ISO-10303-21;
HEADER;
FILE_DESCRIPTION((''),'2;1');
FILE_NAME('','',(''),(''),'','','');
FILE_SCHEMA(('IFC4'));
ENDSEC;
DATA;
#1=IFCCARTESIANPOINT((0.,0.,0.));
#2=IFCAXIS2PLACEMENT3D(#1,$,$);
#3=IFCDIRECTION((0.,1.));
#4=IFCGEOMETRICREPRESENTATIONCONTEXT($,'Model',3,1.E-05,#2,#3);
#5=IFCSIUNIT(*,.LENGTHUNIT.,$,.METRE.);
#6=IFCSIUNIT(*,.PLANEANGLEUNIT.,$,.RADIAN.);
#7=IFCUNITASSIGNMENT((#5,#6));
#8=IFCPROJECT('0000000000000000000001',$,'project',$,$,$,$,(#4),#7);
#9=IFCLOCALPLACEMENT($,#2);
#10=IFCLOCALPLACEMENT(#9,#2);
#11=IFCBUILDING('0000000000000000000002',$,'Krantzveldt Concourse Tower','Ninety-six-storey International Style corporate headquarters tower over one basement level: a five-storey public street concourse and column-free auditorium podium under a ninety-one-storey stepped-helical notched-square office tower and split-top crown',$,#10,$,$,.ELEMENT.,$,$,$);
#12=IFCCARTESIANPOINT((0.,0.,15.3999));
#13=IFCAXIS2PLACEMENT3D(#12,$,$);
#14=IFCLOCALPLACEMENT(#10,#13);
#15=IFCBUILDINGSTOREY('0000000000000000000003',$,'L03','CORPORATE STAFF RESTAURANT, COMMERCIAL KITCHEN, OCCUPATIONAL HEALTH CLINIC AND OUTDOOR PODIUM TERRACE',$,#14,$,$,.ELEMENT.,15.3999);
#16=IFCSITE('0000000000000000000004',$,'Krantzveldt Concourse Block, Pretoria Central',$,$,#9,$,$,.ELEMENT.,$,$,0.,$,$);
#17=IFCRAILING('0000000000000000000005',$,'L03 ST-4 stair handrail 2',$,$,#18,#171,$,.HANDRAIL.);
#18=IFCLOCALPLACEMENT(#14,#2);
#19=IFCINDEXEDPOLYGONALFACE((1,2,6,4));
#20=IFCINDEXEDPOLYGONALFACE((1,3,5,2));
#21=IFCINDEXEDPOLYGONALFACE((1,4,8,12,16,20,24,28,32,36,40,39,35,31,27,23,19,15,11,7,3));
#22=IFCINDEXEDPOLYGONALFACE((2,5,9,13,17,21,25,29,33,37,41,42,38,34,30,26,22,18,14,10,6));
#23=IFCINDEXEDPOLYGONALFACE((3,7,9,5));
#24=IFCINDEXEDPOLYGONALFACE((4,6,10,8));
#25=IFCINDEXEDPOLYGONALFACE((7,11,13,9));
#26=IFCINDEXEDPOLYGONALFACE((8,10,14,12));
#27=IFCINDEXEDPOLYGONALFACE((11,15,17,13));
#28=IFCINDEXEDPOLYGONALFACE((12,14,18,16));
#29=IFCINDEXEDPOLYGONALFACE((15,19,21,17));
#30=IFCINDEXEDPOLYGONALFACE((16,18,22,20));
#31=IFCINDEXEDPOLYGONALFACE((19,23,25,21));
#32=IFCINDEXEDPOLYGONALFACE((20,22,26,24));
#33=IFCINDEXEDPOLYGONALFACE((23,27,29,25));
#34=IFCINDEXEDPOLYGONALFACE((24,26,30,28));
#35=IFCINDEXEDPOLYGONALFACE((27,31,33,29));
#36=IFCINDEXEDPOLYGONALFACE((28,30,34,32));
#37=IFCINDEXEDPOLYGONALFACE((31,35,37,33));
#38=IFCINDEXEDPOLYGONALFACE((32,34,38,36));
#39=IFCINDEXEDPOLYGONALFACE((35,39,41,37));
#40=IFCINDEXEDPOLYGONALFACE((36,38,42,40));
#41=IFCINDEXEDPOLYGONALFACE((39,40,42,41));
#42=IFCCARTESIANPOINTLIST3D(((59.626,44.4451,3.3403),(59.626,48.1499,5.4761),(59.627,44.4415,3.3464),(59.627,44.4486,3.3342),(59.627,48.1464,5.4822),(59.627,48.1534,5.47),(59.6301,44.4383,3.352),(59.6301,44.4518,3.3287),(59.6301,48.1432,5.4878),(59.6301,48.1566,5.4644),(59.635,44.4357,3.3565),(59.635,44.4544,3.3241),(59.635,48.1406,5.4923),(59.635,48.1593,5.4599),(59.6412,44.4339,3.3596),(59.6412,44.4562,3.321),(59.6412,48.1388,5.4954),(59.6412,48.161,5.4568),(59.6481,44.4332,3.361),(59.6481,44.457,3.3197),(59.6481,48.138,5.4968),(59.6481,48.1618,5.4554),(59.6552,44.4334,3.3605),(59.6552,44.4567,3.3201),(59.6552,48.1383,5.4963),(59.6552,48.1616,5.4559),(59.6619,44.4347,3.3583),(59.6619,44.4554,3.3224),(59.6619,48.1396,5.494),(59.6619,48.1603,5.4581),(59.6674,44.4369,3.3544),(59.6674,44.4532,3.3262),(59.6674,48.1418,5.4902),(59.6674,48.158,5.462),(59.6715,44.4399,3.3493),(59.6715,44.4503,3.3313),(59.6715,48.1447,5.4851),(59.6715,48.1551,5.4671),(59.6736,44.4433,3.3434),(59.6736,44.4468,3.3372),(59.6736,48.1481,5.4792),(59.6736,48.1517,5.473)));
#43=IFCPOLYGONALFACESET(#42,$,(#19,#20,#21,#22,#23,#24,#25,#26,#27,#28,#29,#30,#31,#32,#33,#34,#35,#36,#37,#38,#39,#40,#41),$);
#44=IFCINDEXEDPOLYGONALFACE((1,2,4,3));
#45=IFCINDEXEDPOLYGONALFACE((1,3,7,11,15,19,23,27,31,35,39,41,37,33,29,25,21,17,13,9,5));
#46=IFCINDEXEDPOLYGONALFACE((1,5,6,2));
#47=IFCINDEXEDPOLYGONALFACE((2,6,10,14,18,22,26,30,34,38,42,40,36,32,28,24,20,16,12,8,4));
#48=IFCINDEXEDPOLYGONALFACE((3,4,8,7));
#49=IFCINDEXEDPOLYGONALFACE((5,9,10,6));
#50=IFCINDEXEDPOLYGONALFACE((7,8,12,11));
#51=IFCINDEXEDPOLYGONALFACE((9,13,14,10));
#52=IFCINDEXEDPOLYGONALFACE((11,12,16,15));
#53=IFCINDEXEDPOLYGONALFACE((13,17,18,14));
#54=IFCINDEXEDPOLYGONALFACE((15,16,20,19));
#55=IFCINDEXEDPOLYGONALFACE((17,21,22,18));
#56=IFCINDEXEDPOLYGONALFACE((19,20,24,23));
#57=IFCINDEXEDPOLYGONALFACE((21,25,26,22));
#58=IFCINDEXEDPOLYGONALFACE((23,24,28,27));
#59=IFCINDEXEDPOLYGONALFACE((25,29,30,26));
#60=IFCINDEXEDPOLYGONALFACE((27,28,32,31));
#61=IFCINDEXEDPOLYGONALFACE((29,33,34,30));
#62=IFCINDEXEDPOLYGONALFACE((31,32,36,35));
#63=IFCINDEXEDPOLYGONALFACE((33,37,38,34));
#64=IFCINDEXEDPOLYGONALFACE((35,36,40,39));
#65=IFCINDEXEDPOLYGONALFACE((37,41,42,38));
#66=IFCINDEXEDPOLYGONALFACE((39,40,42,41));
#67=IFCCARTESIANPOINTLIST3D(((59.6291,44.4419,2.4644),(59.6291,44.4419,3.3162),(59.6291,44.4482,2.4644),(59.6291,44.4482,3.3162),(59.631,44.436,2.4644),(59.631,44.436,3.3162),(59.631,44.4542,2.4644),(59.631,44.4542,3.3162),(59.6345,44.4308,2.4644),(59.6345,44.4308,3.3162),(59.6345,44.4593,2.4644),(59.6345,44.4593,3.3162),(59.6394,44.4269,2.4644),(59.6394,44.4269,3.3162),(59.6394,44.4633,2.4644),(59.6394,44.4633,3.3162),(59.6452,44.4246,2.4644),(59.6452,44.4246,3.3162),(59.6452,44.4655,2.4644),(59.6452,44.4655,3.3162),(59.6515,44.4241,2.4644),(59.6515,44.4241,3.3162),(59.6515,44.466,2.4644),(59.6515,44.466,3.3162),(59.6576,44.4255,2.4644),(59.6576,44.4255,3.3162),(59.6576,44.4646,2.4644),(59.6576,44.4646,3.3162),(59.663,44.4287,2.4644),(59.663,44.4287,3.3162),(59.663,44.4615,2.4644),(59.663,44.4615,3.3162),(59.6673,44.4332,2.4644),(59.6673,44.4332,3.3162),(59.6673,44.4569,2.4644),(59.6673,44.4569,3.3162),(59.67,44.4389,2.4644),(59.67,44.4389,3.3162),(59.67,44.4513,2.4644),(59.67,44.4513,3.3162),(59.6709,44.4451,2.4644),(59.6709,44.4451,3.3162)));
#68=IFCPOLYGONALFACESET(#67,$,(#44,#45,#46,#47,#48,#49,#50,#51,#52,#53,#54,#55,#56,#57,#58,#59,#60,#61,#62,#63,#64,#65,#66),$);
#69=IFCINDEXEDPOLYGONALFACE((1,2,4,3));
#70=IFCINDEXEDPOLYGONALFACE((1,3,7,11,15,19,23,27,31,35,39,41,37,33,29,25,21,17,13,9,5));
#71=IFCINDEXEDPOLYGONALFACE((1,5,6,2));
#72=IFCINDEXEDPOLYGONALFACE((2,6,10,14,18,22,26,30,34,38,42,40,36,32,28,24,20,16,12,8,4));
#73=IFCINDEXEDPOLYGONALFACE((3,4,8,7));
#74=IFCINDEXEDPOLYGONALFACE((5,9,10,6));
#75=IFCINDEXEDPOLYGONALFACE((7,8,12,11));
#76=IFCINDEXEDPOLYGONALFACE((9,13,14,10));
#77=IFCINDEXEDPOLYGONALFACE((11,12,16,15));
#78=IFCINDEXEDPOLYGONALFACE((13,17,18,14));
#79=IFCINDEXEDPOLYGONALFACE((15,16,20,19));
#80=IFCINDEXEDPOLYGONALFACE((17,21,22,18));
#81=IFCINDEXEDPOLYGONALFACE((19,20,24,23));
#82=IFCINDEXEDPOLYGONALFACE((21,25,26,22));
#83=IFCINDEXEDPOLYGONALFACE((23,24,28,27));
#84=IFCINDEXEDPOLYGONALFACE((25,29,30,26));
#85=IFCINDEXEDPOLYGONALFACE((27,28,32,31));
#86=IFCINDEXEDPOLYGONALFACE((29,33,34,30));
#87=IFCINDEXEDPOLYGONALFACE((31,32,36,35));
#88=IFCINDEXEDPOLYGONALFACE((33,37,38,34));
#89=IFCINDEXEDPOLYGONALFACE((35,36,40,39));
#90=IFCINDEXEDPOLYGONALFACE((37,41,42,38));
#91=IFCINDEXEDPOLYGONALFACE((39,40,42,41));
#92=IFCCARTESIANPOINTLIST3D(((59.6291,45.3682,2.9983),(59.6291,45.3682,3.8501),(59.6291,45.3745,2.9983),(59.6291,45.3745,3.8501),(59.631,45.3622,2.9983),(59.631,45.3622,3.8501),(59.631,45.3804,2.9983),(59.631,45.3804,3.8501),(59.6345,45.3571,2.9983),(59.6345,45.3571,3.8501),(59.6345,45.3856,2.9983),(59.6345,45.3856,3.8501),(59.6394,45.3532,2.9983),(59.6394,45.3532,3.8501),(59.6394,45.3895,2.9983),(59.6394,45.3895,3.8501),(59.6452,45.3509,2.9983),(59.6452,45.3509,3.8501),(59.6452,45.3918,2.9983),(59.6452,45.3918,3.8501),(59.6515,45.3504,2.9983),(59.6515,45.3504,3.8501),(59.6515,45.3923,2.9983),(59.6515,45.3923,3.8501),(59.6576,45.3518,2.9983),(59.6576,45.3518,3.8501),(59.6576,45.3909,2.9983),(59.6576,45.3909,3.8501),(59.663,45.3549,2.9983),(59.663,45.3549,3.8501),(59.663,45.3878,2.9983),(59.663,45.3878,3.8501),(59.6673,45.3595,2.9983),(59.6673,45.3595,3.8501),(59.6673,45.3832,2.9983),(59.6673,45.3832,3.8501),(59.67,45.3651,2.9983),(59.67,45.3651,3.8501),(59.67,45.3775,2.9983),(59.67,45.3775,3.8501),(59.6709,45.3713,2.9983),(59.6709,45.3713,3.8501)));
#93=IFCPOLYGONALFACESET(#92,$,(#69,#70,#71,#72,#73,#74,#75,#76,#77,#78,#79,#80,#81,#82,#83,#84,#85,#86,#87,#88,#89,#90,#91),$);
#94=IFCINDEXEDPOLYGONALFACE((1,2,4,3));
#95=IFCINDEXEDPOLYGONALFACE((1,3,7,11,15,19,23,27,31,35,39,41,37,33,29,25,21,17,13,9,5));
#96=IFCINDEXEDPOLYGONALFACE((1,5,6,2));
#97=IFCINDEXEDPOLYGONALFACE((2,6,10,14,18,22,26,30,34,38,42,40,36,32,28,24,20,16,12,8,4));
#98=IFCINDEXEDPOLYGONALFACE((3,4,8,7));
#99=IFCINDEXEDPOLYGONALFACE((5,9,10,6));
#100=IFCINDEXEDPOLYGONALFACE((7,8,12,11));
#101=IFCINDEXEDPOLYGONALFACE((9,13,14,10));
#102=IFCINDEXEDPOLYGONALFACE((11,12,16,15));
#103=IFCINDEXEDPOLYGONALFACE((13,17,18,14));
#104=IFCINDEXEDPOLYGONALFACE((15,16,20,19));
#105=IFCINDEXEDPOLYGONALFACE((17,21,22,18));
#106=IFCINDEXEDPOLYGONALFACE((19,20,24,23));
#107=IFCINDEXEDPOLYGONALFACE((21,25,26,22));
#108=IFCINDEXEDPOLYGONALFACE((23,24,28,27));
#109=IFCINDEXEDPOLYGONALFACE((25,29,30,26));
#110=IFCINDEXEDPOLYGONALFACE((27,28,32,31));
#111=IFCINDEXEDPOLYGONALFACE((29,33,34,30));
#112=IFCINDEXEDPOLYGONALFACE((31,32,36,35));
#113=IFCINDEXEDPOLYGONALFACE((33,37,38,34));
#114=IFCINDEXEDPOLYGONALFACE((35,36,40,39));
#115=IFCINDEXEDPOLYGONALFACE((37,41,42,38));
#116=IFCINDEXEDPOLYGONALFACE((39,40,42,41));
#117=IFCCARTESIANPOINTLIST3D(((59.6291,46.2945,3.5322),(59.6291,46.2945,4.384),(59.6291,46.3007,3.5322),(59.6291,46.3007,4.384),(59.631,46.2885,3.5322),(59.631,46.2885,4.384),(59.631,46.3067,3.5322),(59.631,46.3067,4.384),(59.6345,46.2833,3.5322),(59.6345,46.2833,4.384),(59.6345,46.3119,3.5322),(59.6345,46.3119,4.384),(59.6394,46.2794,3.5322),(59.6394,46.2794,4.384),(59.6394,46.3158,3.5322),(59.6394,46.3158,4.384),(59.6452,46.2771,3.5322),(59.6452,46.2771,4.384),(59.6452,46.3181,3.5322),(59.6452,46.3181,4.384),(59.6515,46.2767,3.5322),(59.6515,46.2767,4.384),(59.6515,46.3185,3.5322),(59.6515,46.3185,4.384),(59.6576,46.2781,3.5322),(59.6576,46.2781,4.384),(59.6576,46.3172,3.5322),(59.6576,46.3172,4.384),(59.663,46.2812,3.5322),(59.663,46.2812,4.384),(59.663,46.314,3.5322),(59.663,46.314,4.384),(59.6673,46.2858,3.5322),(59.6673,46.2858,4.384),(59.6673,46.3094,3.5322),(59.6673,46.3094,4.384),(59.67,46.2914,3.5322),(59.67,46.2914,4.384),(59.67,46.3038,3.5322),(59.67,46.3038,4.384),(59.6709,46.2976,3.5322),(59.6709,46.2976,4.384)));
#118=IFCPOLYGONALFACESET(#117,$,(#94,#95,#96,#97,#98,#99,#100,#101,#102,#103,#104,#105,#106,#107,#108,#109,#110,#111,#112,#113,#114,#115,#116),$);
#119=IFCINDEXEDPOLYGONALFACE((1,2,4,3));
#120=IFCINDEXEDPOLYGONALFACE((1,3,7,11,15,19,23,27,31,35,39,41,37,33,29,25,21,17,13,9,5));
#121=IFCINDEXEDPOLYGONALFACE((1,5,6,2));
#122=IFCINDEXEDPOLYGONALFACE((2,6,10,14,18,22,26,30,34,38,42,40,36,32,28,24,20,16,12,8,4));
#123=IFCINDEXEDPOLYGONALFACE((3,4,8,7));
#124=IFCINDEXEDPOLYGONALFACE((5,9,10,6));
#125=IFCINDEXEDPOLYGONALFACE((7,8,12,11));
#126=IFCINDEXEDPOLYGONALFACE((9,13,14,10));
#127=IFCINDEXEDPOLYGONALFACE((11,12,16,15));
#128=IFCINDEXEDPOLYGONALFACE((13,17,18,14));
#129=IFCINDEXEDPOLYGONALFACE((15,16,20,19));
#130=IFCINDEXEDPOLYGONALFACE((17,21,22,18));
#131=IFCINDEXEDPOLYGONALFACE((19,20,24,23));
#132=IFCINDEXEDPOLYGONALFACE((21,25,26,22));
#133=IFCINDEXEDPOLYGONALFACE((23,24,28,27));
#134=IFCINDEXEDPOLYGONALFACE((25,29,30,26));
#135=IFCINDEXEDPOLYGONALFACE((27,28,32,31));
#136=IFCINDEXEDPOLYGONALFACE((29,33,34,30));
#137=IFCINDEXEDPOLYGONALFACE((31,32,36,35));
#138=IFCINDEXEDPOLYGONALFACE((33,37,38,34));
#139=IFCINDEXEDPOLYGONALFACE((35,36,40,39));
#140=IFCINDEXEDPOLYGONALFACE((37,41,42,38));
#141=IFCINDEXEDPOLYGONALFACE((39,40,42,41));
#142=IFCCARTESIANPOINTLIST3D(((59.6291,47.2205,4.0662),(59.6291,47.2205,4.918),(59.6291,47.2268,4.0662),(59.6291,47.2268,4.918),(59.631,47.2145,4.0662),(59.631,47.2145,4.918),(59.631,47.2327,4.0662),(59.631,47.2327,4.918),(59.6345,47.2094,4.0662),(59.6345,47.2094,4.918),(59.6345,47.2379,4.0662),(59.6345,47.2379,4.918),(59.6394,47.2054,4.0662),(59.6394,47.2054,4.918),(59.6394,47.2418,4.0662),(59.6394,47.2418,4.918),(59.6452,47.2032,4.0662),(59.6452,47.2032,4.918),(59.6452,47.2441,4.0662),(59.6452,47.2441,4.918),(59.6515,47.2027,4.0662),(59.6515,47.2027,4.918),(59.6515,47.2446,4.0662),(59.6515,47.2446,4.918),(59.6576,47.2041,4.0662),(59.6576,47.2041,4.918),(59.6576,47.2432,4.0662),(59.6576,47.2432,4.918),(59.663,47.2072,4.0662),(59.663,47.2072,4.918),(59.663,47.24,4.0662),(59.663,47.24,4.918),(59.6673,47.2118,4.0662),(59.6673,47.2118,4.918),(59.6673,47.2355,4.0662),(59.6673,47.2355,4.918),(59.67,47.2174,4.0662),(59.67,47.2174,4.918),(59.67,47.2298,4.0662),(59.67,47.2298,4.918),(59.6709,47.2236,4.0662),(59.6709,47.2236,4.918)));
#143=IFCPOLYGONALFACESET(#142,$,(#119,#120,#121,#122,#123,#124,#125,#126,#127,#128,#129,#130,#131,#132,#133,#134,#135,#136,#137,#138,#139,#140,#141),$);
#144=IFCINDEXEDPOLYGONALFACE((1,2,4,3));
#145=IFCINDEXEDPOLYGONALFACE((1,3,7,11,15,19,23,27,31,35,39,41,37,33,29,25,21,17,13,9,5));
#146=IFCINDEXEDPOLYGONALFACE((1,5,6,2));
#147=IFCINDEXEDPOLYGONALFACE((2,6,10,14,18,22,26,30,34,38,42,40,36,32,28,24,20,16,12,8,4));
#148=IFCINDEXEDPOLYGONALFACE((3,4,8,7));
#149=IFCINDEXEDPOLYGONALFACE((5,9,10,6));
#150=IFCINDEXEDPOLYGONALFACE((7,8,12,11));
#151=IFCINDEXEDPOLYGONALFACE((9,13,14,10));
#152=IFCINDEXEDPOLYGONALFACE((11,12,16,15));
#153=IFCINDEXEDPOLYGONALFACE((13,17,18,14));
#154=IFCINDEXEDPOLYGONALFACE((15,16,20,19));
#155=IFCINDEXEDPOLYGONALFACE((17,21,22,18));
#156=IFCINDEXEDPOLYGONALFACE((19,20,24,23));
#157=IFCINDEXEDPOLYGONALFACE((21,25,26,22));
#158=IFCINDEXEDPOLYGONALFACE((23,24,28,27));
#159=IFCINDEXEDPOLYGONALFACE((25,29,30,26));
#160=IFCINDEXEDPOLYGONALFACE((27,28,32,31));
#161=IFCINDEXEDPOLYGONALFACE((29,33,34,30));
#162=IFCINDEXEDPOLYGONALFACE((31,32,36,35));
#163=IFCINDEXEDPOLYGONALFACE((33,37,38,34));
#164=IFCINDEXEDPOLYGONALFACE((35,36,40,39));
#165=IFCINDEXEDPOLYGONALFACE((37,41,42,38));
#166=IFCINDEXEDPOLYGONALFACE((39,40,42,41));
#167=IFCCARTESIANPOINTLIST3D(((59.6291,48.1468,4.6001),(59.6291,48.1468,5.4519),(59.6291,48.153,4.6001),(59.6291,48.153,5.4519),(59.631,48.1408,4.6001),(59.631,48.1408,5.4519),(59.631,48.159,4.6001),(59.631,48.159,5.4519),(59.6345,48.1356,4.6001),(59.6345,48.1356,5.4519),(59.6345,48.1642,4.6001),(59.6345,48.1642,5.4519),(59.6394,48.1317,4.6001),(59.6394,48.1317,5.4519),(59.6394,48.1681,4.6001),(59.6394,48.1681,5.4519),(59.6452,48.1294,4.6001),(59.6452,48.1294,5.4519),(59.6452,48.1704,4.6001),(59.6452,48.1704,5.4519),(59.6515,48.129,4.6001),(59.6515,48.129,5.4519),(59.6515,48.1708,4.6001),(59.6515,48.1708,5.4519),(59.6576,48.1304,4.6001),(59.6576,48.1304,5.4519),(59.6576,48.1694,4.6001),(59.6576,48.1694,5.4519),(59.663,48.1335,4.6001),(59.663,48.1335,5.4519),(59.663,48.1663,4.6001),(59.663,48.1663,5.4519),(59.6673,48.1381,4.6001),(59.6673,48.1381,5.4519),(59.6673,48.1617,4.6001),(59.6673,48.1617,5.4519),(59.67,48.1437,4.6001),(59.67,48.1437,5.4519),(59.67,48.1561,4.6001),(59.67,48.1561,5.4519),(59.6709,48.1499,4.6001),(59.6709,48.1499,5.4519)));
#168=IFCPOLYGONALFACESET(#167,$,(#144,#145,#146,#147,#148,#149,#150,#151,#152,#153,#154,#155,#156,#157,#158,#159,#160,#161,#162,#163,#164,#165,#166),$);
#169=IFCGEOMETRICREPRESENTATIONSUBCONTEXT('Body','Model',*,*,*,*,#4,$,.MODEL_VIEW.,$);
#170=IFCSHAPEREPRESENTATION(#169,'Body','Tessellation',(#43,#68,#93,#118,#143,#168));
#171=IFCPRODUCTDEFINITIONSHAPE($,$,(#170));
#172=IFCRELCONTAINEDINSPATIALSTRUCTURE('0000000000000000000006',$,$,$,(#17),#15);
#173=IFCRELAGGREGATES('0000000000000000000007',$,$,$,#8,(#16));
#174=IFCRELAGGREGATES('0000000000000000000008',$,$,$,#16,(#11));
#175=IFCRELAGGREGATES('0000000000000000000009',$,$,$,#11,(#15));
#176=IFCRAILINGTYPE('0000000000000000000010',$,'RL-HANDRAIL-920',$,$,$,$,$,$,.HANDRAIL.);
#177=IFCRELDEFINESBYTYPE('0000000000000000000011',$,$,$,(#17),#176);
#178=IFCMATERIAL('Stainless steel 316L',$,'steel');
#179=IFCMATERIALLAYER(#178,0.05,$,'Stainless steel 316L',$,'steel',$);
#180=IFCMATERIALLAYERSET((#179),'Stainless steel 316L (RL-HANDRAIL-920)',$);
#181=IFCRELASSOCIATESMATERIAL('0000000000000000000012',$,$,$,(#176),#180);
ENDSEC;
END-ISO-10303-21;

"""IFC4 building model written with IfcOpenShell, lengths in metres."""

from ifc_helpers import new_model, si_unit, direction, frame, origin, origin_2d, place, context, subcontext, project, spatial, circle, extrude, material, layer, layer_set, type_object, element, save


model = new_model("IFC4")

# Units and contexts
model_context = context("Model", 3, precision=1e-05, world=origin(), true_north=direction((0.0, 1.0)))
body_context = subcontext(model_context, "Body", "Model", "MODEL_VIEW")
ifc_project = project(units=[si_unit("LENGTHUNIT", "METRE"), si_unit("PLANEANGLEUNIT", "RADIAN")], contexts=[model_context])

# Site, building, storey
site_placement = place(None, origin())
site = spatial("IfcSite", under=ifc_project, at=site_placement, Name="Krantzveldt Concourse Block, Pretoria Central", CompositionType="ELEMENT", RefElevation=0.0)
building_placement = place(site_placement, origin())
building = spatial("IfcBuilding", under=site, at=building_placement, Name="Krantzveldt Concourse Tower", Description="Ninety-six-storey International Style corporate headquarters tower over one basement level: a five-storey public street concourse and column-free auditorium podium under a ninety-one-storey stepped-helical notched-square office tower and split-top crown", CompositionType="ELEMENT")
storey_placement = place(building_placement, frame((0.0, 0.0, 15.3999)))
storey = spatial("IfcBuildingStorey", under=building, at=storey_placement, Name="L03", Description="CORPORATE STAFF RESTAURANT, COMMERCIAL KITCHEN, OCCUPATIONAL HEALTH CLINIC AND OUTDOOR PODIUM TERRACE", CompositionType="ELEMENT", Elevation=15.3999)

# Railing
ifc_material_1 = material(Name="Stainless steel 316L", Category="steel")
ifc_layer_1 = layer(ifc_material_1, 0.05, Name="Stainless steel 316L", Category="steel")
ifc_layer_set_1 = layer_set([ifc_layer_1], Name="Stainless steel 316L (RL-HANDRAIL-920)")
railing_type_1 = type_object("IfcRailingType", Name="RL-HANDRAIL-920", PredefinedType="HANDRAIL", material=ifc_layer_set_1)
railing_1_placement = place(storey_placement, frame((59.6499, 44.4451, 2.4644)))
element("IfcRailing", 1, at=railing_1_placement, inside=storey, type_object=railing_type_1, Name="L03 ST-4 stair handrail 2", PredefinedType="HANDRAIL", context=body_context, shape_type="SweptSolid", body=[
    extrude(circle(Radius=0.0239, at=origin_2d()), frame((0.0, 0.0, 0.876), z_axis=(0.0, 0.866354, 0.499431), x_axis=(-1.0, 0.0, 0.0)), (0.0, 0.0, 1.0), 4.2764),
    extrude(circle(Radius=0.021, at=origin_2d()), origin(), (0.0, 0.0, 1.0), 0.8518),
    extrude(circle(Radius=0.021, at=origin_2d()), frame((0.0, 0.9263, 0.5339)), (0.0, 0.0, 1.0), 0.8518),
    extrude(circle(Radius=0.021, at=origin_2d()), frame((0.0, 1.8525, 1.0679)), (0.0, 0.0, 1.0), 0.8518),
    extrude(circle(Radius=0.021, at=origin_2d()), frame((0.0, 2.7786, 1.6018)), (0.0, 0.0, 1.0), 0.8518),
    extrude(circle(Radius=0.021, at=origin_2d()), frame((0.0, 3.7048, 2.1357)), (0.0, 0.0, 1.0), 0.8518),
])

save(model, "model.ifc")
